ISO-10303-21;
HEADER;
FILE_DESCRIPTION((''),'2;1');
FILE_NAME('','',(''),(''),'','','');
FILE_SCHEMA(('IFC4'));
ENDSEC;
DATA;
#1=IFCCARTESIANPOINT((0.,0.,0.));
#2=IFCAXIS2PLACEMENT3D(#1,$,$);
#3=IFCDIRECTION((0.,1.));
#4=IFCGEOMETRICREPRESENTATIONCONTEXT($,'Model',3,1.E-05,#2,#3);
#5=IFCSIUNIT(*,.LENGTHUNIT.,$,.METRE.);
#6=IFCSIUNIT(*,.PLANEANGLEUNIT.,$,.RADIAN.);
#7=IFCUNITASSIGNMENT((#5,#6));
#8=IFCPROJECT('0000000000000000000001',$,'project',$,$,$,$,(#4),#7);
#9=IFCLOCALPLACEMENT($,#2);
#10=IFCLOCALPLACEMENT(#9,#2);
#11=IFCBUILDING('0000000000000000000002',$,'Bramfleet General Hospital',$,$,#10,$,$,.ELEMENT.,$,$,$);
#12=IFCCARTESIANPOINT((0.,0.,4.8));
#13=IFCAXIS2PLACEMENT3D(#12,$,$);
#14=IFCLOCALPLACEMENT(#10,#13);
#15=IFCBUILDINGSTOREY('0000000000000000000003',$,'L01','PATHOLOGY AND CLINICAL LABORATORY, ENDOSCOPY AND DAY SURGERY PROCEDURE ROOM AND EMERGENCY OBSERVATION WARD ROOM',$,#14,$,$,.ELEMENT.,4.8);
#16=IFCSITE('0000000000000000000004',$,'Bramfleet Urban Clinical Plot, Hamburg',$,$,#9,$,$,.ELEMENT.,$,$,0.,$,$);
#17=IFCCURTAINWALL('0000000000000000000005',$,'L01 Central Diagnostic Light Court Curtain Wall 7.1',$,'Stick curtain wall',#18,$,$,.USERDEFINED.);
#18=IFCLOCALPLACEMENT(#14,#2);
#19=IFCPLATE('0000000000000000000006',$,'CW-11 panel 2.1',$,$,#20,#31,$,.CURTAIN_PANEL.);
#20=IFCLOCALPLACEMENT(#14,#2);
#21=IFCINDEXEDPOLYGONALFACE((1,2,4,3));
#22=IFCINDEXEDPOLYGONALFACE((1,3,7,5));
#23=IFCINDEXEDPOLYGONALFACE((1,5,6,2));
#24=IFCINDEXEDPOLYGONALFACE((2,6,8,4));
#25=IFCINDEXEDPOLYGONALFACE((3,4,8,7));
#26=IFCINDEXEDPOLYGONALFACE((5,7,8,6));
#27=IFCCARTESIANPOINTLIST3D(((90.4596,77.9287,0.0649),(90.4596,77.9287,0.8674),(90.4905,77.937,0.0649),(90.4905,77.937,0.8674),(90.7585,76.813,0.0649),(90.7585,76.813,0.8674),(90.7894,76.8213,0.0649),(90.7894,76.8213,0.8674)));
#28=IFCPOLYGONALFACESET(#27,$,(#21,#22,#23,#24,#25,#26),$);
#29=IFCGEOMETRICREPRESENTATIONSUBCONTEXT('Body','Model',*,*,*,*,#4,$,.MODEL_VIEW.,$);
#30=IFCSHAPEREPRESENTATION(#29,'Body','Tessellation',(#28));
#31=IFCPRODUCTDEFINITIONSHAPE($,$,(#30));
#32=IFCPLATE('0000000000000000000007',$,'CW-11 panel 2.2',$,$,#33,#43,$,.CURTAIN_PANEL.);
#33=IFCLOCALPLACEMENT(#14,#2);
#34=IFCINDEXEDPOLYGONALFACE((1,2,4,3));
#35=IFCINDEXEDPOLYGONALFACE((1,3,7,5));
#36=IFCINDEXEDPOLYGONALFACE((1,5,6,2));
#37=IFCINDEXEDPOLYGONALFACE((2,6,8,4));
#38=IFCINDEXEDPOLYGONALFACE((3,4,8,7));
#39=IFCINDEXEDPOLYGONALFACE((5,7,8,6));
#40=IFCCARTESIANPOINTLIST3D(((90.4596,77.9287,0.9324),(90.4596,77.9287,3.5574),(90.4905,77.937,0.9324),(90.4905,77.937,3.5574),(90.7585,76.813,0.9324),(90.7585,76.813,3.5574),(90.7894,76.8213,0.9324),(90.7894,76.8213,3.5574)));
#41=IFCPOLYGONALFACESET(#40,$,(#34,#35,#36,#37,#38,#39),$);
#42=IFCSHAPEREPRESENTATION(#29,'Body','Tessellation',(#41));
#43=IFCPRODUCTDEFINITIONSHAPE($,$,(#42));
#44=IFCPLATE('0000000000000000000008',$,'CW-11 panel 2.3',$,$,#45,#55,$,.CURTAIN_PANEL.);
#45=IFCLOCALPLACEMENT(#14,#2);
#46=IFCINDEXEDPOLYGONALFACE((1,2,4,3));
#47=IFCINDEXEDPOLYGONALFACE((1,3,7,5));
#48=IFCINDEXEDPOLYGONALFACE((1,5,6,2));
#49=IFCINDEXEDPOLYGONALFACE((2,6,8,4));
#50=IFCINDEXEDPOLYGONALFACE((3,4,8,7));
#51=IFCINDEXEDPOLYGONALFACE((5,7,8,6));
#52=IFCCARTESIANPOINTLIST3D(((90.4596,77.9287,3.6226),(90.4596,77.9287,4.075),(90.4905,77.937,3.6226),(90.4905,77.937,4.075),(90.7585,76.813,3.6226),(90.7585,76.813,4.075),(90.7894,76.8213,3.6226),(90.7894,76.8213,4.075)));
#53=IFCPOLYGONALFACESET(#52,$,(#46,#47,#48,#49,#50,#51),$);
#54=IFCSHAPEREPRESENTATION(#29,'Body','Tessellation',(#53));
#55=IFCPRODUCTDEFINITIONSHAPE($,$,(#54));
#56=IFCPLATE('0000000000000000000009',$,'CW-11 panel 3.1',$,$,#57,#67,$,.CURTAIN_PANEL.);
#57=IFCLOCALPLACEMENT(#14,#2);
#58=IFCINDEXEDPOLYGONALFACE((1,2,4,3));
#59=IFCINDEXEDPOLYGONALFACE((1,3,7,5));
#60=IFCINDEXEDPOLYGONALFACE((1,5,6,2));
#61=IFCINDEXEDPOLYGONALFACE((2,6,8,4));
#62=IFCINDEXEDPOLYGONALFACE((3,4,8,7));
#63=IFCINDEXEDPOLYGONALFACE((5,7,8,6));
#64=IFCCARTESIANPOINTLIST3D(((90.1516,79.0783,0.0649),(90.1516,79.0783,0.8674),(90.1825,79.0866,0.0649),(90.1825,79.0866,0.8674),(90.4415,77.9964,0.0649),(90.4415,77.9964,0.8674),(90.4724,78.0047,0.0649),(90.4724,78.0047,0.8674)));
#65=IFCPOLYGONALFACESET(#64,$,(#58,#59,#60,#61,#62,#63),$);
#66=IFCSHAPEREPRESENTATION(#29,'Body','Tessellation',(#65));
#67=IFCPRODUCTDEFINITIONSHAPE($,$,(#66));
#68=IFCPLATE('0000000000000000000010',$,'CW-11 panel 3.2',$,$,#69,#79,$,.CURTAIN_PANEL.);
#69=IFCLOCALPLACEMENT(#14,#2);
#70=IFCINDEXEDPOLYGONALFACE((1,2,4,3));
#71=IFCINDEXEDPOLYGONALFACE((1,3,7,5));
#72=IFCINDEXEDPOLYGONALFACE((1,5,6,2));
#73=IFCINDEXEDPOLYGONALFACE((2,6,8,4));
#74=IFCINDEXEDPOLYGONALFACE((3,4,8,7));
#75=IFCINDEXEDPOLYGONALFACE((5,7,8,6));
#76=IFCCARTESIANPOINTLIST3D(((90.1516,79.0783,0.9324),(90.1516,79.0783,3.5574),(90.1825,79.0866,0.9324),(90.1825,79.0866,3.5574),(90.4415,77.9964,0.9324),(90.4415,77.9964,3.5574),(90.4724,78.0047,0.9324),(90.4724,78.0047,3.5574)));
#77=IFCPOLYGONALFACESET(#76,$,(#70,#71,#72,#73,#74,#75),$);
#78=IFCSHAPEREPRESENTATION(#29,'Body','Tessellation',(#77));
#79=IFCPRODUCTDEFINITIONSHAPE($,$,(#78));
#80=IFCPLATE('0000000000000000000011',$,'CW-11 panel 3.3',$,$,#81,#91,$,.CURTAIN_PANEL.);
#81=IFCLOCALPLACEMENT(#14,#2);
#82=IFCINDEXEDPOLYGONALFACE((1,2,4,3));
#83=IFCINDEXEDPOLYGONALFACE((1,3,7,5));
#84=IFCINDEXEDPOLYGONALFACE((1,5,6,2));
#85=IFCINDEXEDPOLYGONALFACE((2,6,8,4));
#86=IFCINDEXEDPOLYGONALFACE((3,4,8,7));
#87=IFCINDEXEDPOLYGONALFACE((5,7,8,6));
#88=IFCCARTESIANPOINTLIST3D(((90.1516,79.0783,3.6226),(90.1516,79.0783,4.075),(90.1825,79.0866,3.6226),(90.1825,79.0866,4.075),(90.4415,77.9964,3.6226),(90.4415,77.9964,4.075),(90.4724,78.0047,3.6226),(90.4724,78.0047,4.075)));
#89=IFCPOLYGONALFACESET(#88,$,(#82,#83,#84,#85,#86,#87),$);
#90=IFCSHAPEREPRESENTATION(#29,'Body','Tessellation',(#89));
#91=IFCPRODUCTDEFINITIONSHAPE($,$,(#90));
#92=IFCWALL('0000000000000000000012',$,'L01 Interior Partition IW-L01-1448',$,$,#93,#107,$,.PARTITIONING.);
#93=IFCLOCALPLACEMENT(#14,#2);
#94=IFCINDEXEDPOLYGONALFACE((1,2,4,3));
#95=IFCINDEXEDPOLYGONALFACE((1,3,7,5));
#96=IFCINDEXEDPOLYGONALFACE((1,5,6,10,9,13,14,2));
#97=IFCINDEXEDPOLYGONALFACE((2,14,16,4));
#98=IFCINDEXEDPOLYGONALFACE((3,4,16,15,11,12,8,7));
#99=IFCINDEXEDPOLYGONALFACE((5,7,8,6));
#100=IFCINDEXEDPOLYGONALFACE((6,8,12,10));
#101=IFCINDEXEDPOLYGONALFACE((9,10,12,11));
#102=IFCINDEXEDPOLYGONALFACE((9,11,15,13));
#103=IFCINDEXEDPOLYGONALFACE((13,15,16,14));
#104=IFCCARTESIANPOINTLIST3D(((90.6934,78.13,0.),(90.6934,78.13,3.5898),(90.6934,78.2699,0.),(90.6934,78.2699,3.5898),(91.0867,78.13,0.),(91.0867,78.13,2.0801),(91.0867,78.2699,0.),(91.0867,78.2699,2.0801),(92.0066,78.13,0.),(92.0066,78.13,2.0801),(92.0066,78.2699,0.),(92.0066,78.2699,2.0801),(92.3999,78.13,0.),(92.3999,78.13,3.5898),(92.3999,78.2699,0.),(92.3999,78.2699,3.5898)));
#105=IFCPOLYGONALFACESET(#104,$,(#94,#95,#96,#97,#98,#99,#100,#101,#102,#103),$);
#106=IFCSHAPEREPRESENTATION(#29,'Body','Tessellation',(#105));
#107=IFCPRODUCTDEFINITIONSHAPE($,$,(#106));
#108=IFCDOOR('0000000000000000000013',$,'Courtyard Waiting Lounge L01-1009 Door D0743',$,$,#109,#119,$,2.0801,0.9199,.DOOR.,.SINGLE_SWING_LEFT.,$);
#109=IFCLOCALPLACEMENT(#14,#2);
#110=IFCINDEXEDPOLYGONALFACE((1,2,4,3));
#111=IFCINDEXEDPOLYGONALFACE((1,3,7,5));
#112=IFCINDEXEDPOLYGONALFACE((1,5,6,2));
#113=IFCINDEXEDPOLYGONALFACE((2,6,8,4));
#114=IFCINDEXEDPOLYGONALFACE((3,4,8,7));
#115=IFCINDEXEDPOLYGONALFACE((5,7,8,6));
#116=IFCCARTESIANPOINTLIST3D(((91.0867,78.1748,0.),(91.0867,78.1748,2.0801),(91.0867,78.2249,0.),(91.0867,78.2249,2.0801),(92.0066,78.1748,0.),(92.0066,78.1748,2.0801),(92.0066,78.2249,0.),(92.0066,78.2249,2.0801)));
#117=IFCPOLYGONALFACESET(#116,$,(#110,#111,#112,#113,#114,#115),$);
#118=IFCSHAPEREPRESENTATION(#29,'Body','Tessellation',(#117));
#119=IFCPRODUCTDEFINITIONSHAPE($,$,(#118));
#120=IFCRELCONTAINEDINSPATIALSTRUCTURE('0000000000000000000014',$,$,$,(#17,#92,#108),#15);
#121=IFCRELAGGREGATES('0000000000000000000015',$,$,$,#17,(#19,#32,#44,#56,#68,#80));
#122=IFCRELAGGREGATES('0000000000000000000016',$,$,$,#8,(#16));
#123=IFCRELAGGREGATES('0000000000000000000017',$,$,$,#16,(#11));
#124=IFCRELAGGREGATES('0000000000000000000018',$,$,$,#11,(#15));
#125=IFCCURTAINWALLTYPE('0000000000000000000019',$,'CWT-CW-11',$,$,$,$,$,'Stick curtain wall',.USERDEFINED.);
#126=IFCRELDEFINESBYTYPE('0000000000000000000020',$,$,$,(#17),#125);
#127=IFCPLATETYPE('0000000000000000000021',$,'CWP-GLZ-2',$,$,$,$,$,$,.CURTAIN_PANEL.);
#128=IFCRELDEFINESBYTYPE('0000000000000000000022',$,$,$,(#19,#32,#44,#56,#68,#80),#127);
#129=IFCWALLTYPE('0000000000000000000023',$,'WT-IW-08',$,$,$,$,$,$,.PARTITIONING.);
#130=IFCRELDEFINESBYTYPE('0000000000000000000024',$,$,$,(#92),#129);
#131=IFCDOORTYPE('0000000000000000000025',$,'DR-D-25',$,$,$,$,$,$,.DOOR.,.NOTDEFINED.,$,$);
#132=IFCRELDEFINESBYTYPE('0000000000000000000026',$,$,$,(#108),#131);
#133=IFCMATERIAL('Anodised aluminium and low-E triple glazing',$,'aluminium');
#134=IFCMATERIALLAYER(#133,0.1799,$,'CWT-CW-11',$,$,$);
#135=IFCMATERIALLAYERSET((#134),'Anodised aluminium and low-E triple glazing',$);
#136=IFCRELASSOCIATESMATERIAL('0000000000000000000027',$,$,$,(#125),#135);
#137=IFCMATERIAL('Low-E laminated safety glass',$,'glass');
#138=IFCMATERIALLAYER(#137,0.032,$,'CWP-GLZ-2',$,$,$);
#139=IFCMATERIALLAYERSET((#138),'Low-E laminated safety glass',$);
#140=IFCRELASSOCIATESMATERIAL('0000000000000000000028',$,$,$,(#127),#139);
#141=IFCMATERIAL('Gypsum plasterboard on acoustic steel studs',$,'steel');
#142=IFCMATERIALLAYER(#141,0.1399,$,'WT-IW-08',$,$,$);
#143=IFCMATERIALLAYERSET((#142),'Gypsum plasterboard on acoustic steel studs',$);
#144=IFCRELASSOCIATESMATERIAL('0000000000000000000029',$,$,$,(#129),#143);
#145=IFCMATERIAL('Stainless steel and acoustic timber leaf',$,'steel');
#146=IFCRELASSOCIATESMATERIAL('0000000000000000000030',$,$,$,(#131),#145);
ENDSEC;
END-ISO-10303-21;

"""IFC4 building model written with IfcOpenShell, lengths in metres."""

from ifc_helpers import new_model, si_unit, direction, frame, frame_2d, origin, origin_2d, place, context, subcontext, project, spatial, rectangle, extrude, material, layer, layer_set, type_object, element, fill, aggregate, save


model = new_model("IFC4")

# Units and contexts
model_context = context("Model", 3, precision=1e-05, world=origin(), true_north=direction((0.0, 1.0)))
body_context = subcontext(model_context, "Body", "Model", "MODEL_VIEW")
ifc_project = project(units=[si_unit("LENGTHUNIT", "METRE"), si_unit("PLANEANGLEUNIT", "RADIAN")], contexts=[model_context])

# Site, building, storey
site_placement = place(None, origin())
site = spatial("IfcSite", under=ifc_project, at=site_placement, Name="Bramfleet Urban Clinical Plot, Hamburg", CompositionType="ELEMENT", RefElevation=0.0)
building_placement = place(site_placement, origin())
building = spatial("IfcBuilding", under=site, at=building_placement, Name="Bramfleet General Hospital", CompositionType="ELEMENT")
storey_placement = place(building_placement, frame((0.0, 0.0, 4.8)))
storey = spatial("IfcBuildingStorey", under=building, at=storey_placement, Name="L01", Description="PATHOLOGY AND CLINICAL LABORATORY, ENDOSCOPY AND DAY SURGERY PROCEDURE ROOM AND EMERGENCY OBSERVATION WARD ROOM", CompositionType="ELEMENT", Elevation=4.8)

# Curtain wall
ifc_material_1 = material(Name="Anodised aluminium and low-E triple glazing", Category="aluminium")
ifc_layer_1 = layer(ifc_material_1, 0.1799, Name="CWT-CW-11")
ifc_layer_set_1 = layer_set([ifc_layer_1], Name="Anodised aluminium and low-E triple glazing")
curtain_wall_type_1 = type_object("IfcCurtainWallType", Name="CWT-CW-11", ElementType="Stick curtain wall", PredefinedType="USERDEFINED", material=ifc_layer_set_1)
curtain_wall_1_placement = place(storey_placement, origin())
curtain_wall_1 = element("IfcCurtainWall", 1, at=curtain_wall_1_placement, inside=storey, type_object=curtain_wall_type_1, Name="L01 Central Diagnostic Light Court Curtain Wall 7.1", ObjectType="Stick curtain wall", PredefinedType="USERDEFINED")

# Plates
ifc_material_2 = material(Name="Low-E laminated safety glass", Category="glass")
ifc_layer_2 = layer(ifc_material_2, 0.032, Name="CWP-GLZ-2")
ifc_layer_set_2 = layer_set([ifc_layer_2], Name="Low-E laminated safety glass")
plate_type = type_object("IfcPlateType", Name="CWP-GLZ-2", PredefinedType="CURTAIN_PANEL", material=ifc_layer_set_2)
plate_1_placement = place(storey_placement, frame((90.6245, 77.375, 0.0649), z_axis=(0.0, 0.0, 1.0), x_axis=(-0.258763, 0.965941, 0.0)))
plate_1 = element("IfcPlate", 2, at=plate_1_placement, type_object=plate_type, Name="CW-11 panel 2.1", PredefinedType="CURTAIN_PANEL", context=body_context, shape_type="SweptSolid", body=[
    extrude(rectangle(XDim=1.155, YDim=0.032, at=origin_2d()), origin(), (0.0, 0.0, 1.0), 0.8025),
])
plate_2_placement = place(storey_placement, frame((90.6245, 77.375, 0.9324), z_axis=(0.0, 0.0, 1.0), x_axis=(-0.258763, 0.965941, 0.0)))
plate_2 = element("IfcPlate", 3, at=plate_2_placement, type_object=plate_type, Name="CW-11 panel 2.2", PredefinedType="CURTAIN_PANEL", context=body_context, shape_type="SweptSolid", body=[
    extrude(rectangle(XDim=1.155, YDim=0.032, at=origin_2d()), origin(), (0.0, 0.0, 1.0), 2.625),
])
plate_3_placement = place(storey_placement, frame((90.6245, 77.375, 3.6226), z_axis=(0.0, 0.0, 1.0), x_axis=(-0.258763, 0.965941, 0.0)))
plate_3 = element("IfcPlate", 4, at=plate_3_placement, type_object=plate_type, Name="CW-11 panel 2.3", PredefinedType="CURTAIN_PANEL", context=body_context, shape_type="SweptSolid", body=[
    extrude(rectangle(XDim=1.155, YDim=0.032, at=origin_2d()), origin(), (0.0, 0.0, 1.0), 0.4524),
])
plate_4_placement = place(storey_placement, frame((90.312, 78.5415, 0.0649), z_axis=(0.0, 0.0, 1.0), x_axis=(-0.258763, 0.965941, 0.0)))
plate_4 = element("IfcPlate", 5, at=plate_4_placement, type_object=plate_type, Name="CW-11 panel 3.1", PredefinedType="CURTAIN_PANEL", context=body_context, shape_type="SweptSolid", body=[
    extrude(rectangle(XDim=1.1201, YDim=0.032, at=origin_2d()), origin(), (0.0, 0.0, 1.0), 0.8025),
])
plate_5_placement = place(storey_placement, frame((90.312, 78.5415, 0.9324), z_axis=(0.0, 0.0, 1.0), x_axis=(-0.258763, 0.965941, 0.0)))
plate_5 = element("IfcPlate", 6, at=plate_5_placement, type_object=plate_type, Name="CW-11 panel 3.2", PredefinedType="CURTAIN_PANEL", context=body_context, shape_type="SweptSolid", body=[
    extrude(rectangle(XDim=1.1201, YDim=0.032, at=origin_2d()), origin(), (0.0, 0.0, 1.0), 2.625),
])
plate_6_placement = place(storey_placement, frame((90.312, 78.5415, 3.6226), z_axis=(0.0, 0.0, 1.0), x_axis=(-0.258763, 0.965941, 0.0)))
plate_6 = element("IfcPlate", 7, at=plate_6_placement, type_object=plate_type, Name="CW-11 panel 3.3", PredefinedType="CURTAIN_PANEL", context=body_context, shape_type="SweptSolid", body=[
    extrude(rectangle(XDim=1.1201, YDim=0.032, at=origin_2d()), origin(), (0.0, 0.0, 1.0), 0.4524),
])
aggregate(curtain_wall_1, [plate_1, plate_2, plate_3, plate_4, plate_5, plate_6])

# Wall, opening, door
ifc_material_3 = material(Name="Gypsum plasterboard on acoustic steel studs", Category="steel")
ifc_layer_3 = layer(ifc_material_3, 0.1399, Name="WT-IW-08")
ifc_layer_set_3 = layer_set([ifc_layer_3], Name="Gypsum plasterboard on acoustic steel studs")
wall_type = type_object("IfcWallType", Name="WT-IW-08", PredefinedType="PARTITIONING", material=ifc_layer_set_3)
wall_placement = place(storey_placement, frame((90.6934, 78.2, 0.0), z_axis=(0.0, 0.0, 1.0), x_axis=(1.0, 0.0, 0.0)))
wall = element("IfcWall", 8, at=wall_placement, inside=storey, type_object=wall_type, Name="L01 Interior Partition IW-L01-1448", PredefinedType="PARTITIONING", context=body_context, shape_type="SweptSolid", body=[
    extrude(rectangle(XDim=1.7065, YDim=0.1399, at=frame_2d((0.8533, 0.0))), origin(), (0.0, 0.0, 1.0), 3.5898),
])
opening_placement = place(wall_placement, frame((0.3933, 0.0, 0.0)))
opening = element("IfcOpeningElement", 9, at=opening_placement, cuts=wall, PredefinedType="OPENING", context=body_context, shape_type="SweptSolid", body=[
    extrude(rectangle(XDim=0.9199, YDim=2.0801, at=frame_2d((0.46, 1.04))), frame((0.0, 0.0798, 0.0), z_axis=(0.0, -1.0, 0.0), x_axis=(1.0, 0.0, 0.0)), (0.0, 0.0, 1.0), 0.1599),
])
ifc_material_4 = material(Name="Stainless steel and acoustic timber leaf", Category="steel")
door_type = type_object("IfcDoorType", Name="DR-D-25", OperationType="NOTDEFINED", PredefinedType="DOOR", material=ifc_material_4)
door_placement = place(opening_placement, origin())
door = element("IfcDoor", 10, at=door_placement, inside=storey, type_object=door_type, Name="Courtyard Waiting Lounge L01-1009 Door D0743", OperationType="SINGLE_SWING_LEFT", OverallHeight=2.0801, OverallWidth=0.9199, PredefinedType="DOOR", context=body_context, shape_type="SweptSolid", body=[
    extrude(rectangle(XDim=0.9199, YDim=2.0801, at=frame_2d((0.46, 1.04))), frame((0.0, 0.0249, 0.0), z_axis=(0.0, -1.0, 0.0), x_axis=(1.0, 0.0, 0.0)), (0.0, 0.0, 1.0), 0.05),
])
fill(opening, door)

save(model, "model.ifc")
